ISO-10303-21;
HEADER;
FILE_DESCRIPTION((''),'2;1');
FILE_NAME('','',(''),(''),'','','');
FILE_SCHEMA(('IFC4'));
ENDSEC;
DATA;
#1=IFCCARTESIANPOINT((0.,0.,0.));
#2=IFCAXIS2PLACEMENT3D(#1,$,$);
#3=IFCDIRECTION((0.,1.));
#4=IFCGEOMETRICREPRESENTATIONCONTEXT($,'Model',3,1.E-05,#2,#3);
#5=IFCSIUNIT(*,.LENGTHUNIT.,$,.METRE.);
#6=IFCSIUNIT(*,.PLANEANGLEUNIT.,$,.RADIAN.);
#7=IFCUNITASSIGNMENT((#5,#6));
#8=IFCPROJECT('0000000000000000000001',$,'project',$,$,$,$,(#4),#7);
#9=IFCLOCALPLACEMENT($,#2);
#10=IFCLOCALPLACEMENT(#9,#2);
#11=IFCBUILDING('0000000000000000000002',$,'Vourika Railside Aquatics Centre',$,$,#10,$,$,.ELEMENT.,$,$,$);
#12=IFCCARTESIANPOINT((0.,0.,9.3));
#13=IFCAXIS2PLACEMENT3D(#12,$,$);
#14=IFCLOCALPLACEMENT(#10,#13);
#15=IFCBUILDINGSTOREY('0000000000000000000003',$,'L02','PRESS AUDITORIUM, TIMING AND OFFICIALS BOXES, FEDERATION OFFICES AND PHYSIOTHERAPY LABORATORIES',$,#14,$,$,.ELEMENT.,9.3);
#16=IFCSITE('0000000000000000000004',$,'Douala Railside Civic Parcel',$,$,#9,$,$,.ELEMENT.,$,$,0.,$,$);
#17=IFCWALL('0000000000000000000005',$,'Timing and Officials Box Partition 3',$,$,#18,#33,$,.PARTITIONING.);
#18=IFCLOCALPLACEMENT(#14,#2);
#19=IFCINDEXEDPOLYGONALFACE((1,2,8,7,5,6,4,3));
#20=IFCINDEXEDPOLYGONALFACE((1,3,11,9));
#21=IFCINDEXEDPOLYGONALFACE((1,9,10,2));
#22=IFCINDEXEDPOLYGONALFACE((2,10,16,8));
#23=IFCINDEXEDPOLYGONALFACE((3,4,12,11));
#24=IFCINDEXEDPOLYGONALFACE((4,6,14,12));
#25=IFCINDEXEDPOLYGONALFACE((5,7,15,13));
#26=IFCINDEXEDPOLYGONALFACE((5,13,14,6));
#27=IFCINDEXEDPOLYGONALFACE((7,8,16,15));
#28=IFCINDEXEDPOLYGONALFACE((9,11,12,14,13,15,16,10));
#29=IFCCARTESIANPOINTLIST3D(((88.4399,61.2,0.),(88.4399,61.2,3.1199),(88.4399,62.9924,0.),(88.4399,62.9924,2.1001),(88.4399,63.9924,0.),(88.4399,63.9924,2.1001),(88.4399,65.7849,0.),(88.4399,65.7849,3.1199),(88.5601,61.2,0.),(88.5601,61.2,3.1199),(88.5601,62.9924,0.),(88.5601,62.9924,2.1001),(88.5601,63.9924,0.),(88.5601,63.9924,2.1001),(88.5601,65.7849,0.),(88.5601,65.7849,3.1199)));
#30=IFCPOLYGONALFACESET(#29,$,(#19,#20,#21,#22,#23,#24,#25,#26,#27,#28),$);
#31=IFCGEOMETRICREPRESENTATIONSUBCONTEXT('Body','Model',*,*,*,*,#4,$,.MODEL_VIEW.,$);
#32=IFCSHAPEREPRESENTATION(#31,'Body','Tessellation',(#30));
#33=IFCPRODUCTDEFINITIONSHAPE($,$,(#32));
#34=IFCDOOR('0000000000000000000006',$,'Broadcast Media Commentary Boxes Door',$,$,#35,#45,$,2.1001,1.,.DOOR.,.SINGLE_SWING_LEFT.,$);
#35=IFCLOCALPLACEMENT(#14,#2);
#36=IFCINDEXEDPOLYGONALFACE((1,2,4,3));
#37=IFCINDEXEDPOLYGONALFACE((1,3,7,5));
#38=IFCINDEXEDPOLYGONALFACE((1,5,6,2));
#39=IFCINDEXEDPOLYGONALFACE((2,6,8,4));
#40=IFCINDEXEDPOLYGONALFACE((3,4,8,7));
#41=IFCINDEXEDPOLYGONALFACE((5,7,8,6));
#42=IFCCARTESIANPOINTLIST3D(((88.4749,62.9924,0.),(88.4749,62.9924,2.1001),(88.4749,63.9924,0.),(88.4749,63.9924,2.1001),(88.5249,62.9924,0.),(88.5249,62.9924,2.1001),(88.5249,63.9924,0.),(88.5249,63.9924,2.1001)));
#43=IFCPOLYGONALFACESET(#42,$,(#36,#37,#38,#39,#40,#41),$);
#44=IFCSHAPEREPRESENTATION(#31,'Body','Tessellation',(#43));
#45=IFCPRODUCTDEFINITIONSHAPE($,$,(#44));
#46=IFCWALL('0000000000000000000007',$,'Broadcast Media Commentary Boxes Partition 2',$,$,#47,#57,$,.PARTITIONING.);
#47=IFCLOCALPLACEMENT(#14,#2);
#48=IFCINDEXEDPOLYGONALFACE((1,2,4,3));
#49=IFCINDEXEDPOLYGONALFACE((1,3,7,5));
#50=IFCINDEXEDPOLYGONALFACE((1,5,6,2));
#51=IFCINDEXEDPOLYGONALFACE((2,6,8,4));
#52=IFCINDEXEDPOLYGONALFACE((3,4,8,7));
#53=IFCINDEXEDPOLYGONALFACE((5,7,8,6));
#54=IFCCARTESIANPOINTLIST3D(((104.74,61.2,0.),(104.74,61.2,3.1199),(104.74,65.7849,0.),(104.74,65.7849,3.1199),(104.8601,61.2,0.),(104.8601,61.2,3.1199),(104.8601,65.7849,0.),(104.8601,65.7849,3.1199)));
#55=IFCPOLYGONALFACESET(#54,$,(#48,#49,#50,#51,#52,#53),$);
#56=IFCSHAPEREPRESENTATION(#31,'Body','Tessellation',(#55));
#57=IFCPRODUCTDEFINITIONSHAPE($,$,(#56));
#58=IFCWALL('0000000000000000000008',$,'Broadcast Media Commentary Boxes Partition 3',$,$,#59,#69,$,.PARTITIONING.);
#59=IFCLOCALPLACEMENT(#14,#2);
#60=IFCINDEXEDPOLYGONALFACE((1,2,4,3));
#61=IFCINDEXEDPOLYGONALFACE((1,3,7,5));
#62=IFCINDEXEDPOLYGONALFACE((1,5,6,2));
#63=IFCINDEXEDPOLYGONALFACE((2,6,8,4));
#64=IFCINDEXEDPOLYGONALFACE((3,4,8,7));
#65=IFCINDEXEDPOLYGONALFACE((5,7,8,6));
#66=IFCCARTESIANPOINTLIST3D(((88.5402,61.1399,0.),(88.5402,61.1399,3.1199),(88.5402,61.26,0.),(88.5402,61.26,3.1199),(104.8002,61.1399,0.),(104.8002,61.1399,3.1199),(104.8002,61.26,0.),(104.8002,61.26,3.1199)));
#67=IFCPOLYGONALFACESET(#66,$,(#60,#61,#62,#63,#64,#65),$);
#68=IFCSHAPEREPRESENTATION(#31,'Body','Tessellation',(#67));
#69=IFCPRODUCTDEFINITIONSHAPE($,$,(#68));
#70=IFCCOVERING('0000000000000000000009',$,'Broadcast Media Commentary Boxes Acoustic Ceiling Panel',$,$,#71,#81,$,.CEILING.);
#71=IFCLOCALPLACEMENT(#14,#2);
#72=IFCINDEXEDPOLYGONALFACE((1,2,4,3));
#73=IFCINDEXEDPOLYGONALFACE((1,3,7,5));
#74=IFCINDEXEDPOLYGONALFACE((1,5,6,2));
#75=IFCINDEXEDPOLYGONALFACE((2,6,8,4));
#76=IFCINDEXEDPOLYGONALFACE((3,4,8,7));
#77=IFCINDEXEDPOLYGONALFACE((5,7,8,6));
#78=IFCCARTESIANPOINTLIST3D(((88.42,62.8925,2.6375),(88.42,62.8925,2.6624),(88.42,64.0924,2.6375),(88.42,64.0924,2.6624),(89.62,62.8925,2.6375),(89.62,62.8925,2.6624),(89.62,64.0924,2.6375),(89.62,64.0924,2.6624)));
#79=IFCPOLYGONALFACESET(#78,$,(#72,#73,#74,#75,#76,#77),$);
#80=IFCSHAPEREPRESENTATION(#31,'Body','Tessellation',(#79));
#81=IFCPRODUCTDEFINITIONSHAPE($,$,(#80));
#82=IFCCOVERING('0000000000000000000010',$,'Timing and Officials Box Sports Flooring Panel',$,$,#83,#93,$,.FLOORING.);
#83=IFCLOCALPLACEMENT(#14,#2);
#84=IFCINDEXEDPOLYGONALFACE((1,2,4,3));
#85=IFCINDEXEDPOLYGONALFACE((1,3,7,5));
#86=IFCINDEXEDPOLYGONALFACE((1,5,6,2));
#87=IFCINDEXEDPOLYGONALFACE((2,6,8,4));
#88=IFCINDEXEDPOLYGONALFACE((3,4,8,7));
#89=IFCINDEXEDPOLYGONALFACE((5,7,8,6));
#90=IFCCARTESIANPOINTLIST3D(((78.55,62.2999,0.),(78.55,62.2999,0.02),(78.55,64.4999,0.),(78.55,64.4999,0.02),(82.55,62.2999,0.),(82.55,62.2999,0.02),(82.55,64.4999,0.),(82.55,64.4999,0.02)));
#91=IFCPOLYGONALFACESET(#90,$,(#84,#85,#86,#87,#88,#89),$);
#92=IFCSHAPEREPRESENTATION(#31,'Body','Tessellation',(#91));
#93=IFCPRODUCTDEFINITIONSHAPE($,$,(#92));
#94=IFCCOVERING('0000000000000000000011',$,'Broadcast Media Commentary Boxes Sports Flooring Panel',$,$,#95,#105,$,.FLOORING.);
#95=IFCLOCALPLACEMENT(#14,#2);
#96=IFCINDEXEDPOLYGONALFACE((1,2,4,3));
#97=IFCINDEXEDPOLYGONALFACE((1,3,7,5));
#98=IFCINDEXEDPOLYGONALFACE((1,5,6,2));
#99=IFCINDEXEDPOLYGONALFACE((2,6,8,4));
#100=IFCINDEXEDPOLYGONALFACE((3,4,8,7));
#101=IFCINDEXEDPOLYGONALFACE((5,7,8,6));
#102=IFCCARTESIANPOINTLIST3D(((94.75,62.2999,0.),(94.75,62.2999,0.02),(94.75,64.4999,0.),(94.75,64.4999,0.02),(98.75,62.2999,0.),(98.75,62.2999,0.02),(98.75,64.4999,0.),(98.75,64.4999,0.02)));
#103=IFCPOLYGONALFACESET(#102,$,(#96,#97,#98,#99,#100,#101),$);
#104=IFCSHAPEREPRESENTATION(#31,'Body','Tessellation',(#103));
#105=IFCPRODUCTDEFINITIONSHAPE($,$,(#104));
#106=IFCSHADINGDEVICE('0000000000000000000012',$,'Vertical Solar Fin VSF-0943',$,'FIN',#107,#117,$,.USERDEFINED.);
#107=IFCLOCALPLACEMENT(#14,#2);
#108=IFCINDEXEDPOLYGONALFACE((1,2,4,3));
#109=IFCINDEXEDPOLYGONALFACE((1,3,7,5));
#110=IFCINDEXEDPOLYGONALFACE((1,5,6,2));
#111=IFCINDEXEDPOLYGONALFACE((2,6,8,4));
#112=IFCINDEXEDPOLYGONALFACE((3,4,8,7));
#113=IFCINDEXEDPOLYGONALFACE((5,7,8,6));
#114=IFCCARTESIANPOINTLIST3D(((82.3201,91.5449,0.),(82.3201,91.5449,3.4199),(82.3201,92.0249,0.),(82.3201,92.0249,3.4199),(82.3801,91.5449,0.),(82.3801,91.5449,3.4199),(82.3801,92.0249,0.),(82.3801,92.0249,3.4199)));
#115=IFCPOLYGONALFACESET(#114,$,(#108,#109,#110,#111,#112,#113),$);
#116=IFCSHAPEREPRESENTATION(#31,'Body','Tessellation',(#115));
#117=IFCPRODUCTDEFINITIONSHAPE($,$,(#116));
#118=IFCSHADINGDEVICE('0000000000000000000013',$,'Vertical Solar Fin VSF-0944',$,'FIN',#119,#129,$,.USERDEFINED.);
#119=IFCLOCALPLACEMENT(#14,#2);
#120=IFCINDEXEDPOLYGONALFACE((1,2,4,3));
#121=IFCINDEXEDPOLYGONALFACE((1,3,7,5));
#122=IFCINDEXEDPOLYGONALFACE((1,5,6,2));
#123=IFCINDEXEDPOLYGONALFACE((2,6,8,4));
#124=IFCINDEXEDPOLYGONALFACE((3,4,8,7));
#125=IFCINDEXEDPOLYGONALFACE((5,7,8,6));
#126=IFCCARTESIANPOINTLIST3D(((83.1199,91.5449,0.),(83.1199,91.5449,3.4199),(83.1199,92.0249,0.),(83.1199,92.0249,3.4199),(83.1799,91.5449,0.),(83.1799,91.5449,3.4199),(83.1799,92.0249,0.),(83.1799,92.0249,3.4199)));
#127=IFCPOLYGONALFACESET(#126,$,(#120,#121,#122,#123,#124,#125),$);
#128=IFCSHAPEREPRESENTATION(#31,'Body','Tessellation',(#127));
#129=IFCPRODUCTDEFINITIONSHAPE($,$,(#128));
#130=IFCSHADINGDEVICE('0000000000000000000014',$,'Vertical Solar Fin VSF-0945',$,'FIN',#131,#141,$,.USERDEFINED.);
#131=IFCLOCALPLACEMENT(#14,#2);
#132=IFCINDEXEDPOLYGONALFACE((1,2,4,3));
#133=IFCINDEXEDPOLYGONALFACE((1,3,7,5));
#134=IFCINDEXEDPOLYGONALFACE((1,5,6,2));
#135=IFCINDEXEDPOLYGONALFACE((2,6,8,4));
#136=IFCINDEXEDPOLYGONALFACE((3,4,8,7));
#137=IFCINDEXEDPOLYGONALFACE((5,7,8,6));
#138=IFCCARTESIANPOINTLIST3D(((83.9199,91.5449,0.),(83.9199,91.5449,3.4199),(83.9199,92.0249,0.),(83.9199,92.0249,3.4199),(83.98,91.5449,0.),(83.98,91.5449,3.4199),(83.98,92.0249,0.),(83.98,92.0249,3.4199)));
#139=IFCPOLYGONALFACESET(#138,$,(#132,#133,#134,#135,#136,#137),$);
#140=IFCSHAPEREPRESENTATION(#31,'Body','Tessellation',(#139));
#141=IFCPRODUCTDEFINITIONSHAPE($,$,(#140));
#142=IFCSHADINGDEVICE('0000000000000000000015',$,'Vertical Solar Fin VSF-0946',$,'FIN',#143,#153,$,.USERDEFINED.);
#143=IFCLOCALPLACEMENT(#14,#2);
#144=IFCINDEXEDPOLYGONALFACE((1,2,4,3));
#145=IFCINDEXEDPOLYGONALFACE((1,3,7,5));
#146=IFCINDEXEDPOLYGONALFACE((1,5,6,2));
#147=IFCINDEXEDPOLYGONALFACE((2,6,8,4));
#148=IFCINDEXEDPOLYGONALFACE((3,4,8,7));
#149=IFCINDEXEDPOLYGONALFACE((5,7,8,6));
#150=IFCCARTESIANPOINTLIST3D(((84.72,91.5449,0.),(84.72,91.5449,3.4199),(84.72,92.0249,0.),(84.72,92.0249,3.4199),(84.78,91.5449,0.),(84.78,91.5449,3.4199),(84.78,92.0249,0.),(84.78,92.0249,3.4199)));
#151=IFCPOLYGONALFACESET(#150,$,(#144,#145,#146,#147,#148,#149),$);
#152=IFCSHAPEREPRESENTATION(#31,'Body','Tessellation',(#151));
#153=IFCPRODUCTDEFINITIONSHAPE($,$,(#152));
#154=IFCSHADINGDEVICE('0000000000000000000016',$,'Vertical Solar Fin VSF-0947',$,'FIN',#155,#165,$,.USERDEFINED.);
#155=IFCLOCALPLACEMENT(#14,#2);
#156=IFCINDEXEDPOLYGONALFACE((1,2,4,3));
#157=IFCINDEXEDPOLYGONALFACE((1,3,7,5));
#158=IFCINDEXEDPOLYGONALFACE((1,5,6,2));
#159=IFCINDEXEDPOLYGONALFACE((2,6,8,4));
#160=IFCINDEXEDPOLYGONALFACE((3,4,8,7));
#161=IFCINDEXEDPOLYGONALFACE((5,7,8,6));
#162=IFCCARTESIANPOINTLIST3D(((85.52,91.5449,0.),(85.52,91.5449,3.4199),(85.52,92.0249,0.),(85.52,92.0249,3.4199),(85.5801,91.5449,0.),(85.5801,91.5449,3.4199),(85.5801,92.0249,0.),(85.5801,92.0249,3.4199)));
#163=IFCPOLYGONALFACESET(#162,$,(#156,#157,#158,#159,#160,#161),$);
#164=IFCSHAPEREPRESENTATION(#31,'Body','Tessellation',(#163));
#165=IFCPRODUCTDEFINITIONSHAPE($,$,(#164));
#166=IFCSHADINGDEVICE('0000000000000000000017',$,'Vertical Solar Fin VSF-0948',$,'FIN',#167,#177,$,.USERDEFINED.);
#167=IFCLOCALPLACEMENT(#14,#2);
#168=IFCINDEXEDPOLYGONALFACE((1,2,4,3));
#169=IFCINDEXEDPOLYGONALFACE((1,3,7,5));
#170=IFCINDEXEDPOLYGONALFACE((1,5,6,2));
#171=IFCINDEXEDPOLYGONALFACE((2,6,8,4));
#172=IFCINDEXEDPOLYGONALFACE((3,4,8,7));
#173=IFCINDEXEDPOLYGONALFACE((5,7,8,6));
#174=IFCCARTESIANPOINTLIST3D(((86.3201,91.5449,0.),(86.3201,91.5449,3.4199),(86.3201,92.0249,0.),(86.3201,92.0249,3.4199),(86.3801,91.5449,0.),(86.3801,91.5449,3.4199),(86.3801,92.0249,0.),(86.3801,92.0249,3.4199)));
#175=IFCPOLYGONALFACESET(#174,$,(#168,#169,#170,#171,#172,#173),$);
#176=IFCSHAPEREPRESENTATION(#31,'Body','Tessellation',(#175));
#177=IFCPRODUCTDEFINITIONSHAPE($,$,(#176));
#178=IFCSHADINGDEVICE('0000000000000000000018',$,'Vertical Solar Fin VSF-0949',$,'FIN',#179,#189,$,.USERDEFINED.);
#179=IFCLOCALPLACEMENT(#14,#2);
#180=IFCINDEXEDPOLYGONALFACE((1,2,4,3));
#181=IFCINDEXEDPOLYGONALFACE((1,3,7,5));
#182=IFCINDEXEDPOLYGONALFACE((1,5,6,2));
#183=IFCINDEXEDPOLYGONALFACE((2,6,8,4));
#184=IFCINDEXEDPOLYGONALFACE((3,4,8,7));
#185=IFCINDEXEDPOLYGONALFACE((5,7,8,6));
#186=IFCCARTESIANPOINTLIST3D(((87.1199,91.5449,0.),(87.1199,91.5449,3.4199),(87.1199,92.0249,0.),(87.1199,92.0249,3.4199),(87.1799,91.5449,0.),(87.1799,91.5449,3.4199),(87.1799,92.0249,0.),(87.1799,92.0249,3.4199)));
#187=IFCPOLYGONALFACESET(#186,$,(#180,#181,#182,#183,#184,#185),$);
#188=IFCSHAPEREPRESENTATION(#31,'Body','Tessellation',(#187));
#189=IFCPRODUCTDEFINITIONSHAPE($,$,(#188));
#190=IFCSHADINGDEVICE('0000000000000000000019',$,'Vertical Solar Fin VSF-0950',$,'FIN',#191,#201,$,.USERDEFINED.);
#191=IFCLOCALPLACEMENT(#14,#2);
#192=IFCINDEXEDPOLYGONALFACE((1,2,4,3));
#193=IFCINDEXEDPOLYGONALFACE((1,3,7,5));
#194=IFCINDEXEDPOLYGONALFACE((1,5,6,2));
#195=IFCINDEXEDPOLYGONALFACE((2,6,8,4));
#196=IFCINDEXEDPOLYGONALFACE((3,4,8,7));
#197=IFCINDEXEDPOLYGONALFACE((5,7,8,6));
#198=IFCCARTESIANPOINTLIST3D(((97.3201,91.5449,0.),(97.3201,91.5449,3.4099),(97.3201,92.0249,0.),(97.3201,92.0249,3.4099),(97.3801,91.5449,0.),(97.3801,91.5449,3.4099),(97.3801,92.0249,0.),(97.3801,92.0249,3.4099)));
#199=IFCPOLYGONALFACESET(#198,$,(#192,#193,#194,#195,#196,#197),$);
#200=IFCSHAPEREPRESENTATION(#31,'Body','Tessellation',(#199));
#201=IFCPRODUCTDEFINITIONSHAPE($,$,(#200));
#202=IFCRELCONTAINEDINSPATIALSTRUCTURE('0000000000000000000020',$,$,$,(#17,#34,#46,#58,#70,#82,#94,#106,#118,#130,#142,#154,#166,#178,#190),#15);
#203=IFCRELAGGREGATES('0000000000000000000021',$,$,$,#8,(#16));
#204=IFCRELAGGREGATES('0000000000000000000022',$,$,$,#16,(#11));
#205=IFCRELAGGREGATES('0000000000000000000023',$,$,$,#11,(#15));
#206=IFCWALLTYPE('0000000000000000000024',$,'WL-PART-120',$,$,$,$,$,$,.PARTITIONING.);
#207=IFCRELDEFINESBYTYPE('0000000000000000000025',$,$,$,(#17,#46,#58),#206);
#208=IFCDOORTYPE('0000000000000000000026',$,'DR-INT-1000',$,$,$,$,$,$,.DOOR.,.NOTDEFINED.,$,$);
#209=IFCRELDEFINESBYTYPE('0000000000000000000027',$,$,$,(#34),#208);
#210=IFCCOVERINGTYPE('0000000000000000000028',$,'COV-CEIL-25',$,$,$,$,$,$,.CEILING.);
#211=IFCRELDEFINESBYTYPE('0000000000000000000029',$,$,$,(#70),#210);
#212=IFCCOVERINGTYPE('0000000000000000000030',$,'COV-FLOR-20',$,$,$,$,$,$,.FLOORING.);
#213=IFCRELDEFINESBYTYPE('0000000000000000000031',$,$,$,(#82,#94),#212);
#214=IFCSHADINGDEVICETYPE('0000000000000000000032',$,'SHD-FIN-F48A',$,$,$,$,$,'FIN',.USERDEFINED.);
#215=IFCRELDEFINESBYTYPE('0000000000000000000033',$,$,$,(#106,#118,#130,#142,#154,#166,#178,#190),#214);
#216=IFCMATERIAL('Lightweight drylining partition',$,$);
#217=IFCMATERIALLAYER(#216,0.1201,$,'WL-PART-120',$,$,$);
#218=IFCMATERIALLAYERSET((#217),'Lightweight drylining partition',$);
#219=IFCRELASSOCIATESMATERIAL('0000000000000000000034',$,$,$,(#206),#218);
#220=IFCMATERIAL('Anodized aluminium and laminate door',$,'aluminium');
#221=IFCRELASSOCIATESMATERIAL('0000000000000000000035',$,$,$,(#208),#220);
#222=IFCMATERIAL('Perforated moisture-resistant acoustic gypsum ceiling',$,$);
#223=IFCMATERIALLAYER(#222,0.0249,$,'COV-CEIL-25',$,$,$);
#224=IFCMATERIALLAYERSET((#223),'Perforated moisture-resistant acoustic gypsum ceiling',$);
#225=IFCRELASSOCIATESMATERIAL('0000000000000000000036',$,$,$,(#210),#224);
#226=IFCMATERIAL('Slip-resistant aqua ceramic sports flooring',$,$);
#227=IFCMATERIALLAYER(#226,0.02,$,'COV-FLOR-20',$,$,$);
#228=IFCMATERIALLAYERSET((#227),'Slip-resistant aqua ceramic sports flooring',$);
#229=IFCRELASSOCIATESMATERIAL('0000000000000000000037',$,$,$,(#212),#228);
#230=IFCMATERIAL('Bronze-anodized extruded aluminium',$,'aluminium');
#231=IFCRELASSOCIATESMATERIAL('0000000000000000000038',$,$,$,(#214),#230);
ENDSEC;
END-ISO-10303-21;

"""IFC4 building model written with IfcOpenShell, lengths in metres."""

from ifc_helpers import new_model, si_unit, direction, frame, frame_2d, origin, origin_2d, place, context, subcontext, project, spatial, rectangle, extrude, material, layer, layer_set, material_profile, profile_set, type_object, element, fill, save


model = new_model("IFC4")

# Units and contexts
model_context = context("Model", 3, precision=1e-05, world=origin(), true_north=direction((0.0, 1.0)))
body_context = subcontext(model_context, "Body", "Model", "MODEL_VIEW")
ifc_project = project(units=[si_unit("LENGTHUNIT", "METRE"), si_unit("PLANEANGLEUNIT", "RADIAN")], contexts=[model_context])

# Site, building, storey
site_placement = place(None, origin())
site = spatial("IfcSite", under=ifc_project, at=site_placement, Name="Douala Railside Civic Parcel", CompositionType="ELEMENT", RefElevation=0.0)
building_placement = place(site_placement, origin())
building = spatial("IfcBuilding", under=site, at=building_placement, Name="Vourika Railside Aquatics Centre", CompositionType="ELEMENT")
storey_placement = place(building_placement, frame((0.0, 0.0, 9.3)))
storey = spatial("IfcBuildingStorey", under=building, at=storey_placement, Name="L02", Description="PRESS AUDITORIUM, TIMING AND OFFICIALS BOXES, FEDERATION OFFICES AND PHYSIOTHERAPY LABORATORIES", CompositionType="ELEMENT", Elevation=9.3)

# Wall, opening, door
ifc_material_1 = material(Name="Lightweight drylining partition")
ifc_layer_1 = layer(ifc_material_1, 0.1201, Name="WL-PART-120")
ifc_layer_set_1 = layer_set([ifc_layer_1], Name="Lightweight drylining partition")
wall_type_1 = type_object("IfcWallType", Name="WL-PART-120", PredefinedType="PARTITIONING", material=ifc_layer_set_1)
ifc_material_2 = material(Name="Anodized aluminium and laminate door", Category="aluminium")
door_type_1 = type_object("IfcDoorType", Name="DR-INT-1000", OperationType="NOTDEFINED", PredefinedType="DOOR", material=ifc_material_2)
wall_1_placement = place(storey_placement, frame((88.5, 65.7849, 0.0), z_axis=(0.0, 0.0, 1.0), x_axis=(0.0, -1.0, 0.0)))
wall_1 = element("IfcWall", 1, at=wall_1_placement, inside=storey, type_object=wall_type_1, Name="Timing and Officials Box Partition 3", PredefinedType="PARTITIONING", context=body_context, shape_type="SweptSolid", body=[
    extrude(rectangle(XDim=4.585, YDim=0.1201, at=frame_2d((2.2925, 0.0))), origin(), (0.0, 0.0, 1.0), 3.1199),
])
opening_1_placement = place(wall_1_placement, frame((1.7925, 0.0, 0.0)))
opening_1 = element("IfcOpeningElement", 2, at=opening_1_placement, cuts=wall_1, PredefinedType="OPENING", context=body_context, shape_type="SweptSolid", body=[
    extrude(rectangle(XDim=1.0, YDim=2.1001, at=frame_2d((0.5, 1.05))), frame((0.0, 0.0701, 0.0), z_axis=(0.0, -1.0, 0.0), x_axis=(1.0, 0.0, 0.0)), (0.0, 0.0, 1.0), 0.1401),
])
door_1_placement = place(opening_1_placement, origin())
door_1 = element("IfcDoor", 3, at=door_1_placement, inside=storey, type_object=door_type_1, Name="Broadcast Media Commentary Boxes Door", OperationType="SINGLE_SWING_LEFT", OverallHeight=2.1001, OverallWidth=1.0, PredefinedType="DOOR", context=body_context, shape_type="SweptSolid", body=[
    extrude(rectangle(XDim=1.0, YDim=2.1001, at=frame_2d((0.5, 1.05))), frame((0.0, 0.0249, 0.0), z_axis=(0.0, -1.0, 0.0), x_axis=(1.0, 0.0, 0.0)), (0.0, 0.0, 1.0), 0.05),
])
fill(opening_1, door_1)

# Walls
wall_2_placement = place(storey_placement, frame((104.8, 65.7849, 0.0), z_axis=(0.0, 0.0, 1.0), x_axis=(0.0, -1.0, 0.0)))
element("IfcWall", 4, at=wall_2_placement, inside=storey, type_object=wall_type_1, Name="Broadcast Media Commentary Boxes Partition 2", PredefinedType="PARTITIONING", context=body_context, shape_type="SweptSolid", body=[
    extrude(rectangle(XDim=4.585, YDim=0.1201, at=frame_2d((2.2925, 0.0))), origin(), (0.0, 0.0, 1.0), 3.1199),
])
wall_3_placement = place(storey_placement, frame((104.8, 61.2, 0.0), z_axis=(0.0, 0.0, 1.0), x_axis=(-1.0, 0.0, 0.0)))
element("IfcWall", 5, at=wall_3_placement, inside=storey, type_object=wall_type_1, Name="Broadcast Media Commentary Boxes Partition 3", PredefinedType="PARTITIONING", context=body_context, shape_type="SweptSolid", body=[
    extrude(rectangle(XDim=16.26, YDim=0.1201, at=frame_2d((8.1299, 0.0))), origin(), (0.0, 0.0, 1.0), 3.1199),
])

# Coverings
ifc_material_3 = material(Name="Perforated moisture-resistant acoustic gypsum ceiling")
ifc_layer_2 = layer(ifc_material_3, 0.0249, Name="COV-CEIL-25")
ifc_layer_set_2 = layer_set([ifc_layer_2], Name="Perforated moisture-resistant acoustic gypsum ceiling")
covering_type_1 = type_object("IfcCoveringType", Name="COV-CEIL-25", PredefinedType="CEILING", material=ifc_layer_set_2)
covering_placement = place(storey_placement, frame((89.02, 63.4924, 2.6375), z_axis=(0.0, 0.0, 1.0), x_axis=(1.0, 0.0, 0.0)))
element("IfcCovering", 6, at=covering_placement, inside=storey, type_object=covering_type_1, Name="Broadcast Media Commentary Boxes Acoustic Ceiling Panel", PredefinedType="CEILING", context=body_context, shape_type="SweptSolid", body=[
    extrude(rectangle(XDim=1.2, YDim=1.2, at=origin_2d()), origin(), (0.0, 0.0, 1.0), 0.0249),
])
ifc_material_4 = material(Name="Slip-resistant aqua ceramic sports flooring")
ifc_layer_3 = layer(ifc_material_4, 0.02, Name="COV-FLOR-20")
ifc_layer_set_3 = layer_set([ifc_layer_3], Name="Slip-resistant aqua ceramic sports flooring")
covering_type_2 = type_object("IfcCoveringType", Name="COV-FLOR-20", PredefinedType="FLOORING", material=ifc_layer_set_3)
for number, where, z_axis, x_axis, name in (
    (7, (80.55, 63.3999, 0.0), (0.0, 0.0, 1.0), (1.0, 0.0, 0.0), "Timing and Officials Box Sports Flooring Panel"),
    (8, (96.75, 63.3999, 0.0), (0.0, 0.0, 1.0), (1.0, 0.0, 0.0), "Broadcast Media Commentary Boxes Sports Flooring Panel"),
):
    element("IfcCovering", number, at=place(storey_placement, frame(where, z_axis=z_axis, x_axis=x_axis)), inside=storey, type_object=covering_type_2, Name=name, PredefinedType="FLOORING", context=body_context, shape_type="SweptSolid", body=[
        extrude(rectangle(XDim=4.0, YDim=2.2, at=origin_2d()), origin(), (0.0, 0.0, 1.0), 0.02),
    ])

# Shading devices
ifc_material_5 = material(Name="Bronze-anodized extruded aluminium", Category="aluminium")
ifc_material_profile_1 = material_profile(ifc_material_5, rectangle(XDim=0.0601, YDim=0.48, at=origin_2d()), Name="ALU-FIN 60x480")
ifc_profile_set_1 = profile_set([ifc_material_profile_1], Name="Bronze-anodized extruded aluminium")
shading_device_type = type_object("IfcShadingDeviceType", Name="SHD-FIN-F48A", ElementType="FIN", PredefinedType="USERDEFINED", material=ifc_profile_set_1)
for number, where, z_axis, x_axis, name in (
    (9, (82.3501, 91.7849, 0.0), (0.0, 0.0, 1.0), (-1.0, 0.0, 0.0), "Vertical Solar Fin VSF-0943"),
    (10, (83.1499, 91.7849, 0.0), (0.0, 0.0, 1.0), (-1.0, 0.0, 0.0), "Vertical Solar Fin VSF-0944"),
    (11, (83.95, 91.7849, 0.0), (0.0, 0.0, 1.0), (-1.0, 0.0, 0.0), "Vertical Solar Fin VSF-0945"),
    (12, (84.75, 91.7849, 0.0), (0.0, 0.0, 1.0), (-1.0, 0.0, 0.0), "Vertical Solar Fin VSF-0946"),
    (13, (85.55, 91.7849, 0.0), (0.0, 0.0, 1.0), (-1.0, 0.0, 0.0), "Vertical Solar Fin VSF-0947"),
    (14, (86.3501, 91.7849, 0.0), (0.0, 0.0, 1.0), (-1.0, 0.0, 0.0), "Vertical Solar Fin VSF-0948"),
    (15, (87.1499, 91.7849, 0.0), (0.0, 0.0, 1.0), (-1.0, 0.0, 0.0), "Vertical Solar Fin VSF-0949"),
):
    element("IfcShadingDevice", number, at=place(storey_placement, frame(where, z_axis=z_axis, x_axis=x_axis)), inside=storey, type_object=shading_device_type, Name=name, ObjectType="FIN", PredefinedType="USERDEFINED", context=body_context, shape_type="SweptSolid", body=[
        extrude(rectangle(XDim=0.0601, YDim=0.48, at=origin_2d()), origin(), (0.0, 0.0, 1.0), 3.4199),
    ])
for number, where, z_axis, x_axis, name in (
    (16, (97.3501, 91.7849, 0.0), (0.0, 0.0, 1.0), (-1.0, 0.0, 0.0), "Vertical Solar Fin VSF-0950"),
):
    element("IfcShadingDevice", number, at=place(storey_placement, frame(where, z_axis=z_axis, x_axis=x_axis)), inside=storey, type_object=shading_device_type, Name=name, ObjectType="FIN", PredefinedType="USERDEFINED", context=body_context, shape_type="SweptSolid", body=[
        extrude(rectangle(XDim=0.0601, YDim=0.48, at=origin_2d()), origin(), (0.0, 0.0, 1.0), 3.4099),
    ])

save(model, "model.ifc")
